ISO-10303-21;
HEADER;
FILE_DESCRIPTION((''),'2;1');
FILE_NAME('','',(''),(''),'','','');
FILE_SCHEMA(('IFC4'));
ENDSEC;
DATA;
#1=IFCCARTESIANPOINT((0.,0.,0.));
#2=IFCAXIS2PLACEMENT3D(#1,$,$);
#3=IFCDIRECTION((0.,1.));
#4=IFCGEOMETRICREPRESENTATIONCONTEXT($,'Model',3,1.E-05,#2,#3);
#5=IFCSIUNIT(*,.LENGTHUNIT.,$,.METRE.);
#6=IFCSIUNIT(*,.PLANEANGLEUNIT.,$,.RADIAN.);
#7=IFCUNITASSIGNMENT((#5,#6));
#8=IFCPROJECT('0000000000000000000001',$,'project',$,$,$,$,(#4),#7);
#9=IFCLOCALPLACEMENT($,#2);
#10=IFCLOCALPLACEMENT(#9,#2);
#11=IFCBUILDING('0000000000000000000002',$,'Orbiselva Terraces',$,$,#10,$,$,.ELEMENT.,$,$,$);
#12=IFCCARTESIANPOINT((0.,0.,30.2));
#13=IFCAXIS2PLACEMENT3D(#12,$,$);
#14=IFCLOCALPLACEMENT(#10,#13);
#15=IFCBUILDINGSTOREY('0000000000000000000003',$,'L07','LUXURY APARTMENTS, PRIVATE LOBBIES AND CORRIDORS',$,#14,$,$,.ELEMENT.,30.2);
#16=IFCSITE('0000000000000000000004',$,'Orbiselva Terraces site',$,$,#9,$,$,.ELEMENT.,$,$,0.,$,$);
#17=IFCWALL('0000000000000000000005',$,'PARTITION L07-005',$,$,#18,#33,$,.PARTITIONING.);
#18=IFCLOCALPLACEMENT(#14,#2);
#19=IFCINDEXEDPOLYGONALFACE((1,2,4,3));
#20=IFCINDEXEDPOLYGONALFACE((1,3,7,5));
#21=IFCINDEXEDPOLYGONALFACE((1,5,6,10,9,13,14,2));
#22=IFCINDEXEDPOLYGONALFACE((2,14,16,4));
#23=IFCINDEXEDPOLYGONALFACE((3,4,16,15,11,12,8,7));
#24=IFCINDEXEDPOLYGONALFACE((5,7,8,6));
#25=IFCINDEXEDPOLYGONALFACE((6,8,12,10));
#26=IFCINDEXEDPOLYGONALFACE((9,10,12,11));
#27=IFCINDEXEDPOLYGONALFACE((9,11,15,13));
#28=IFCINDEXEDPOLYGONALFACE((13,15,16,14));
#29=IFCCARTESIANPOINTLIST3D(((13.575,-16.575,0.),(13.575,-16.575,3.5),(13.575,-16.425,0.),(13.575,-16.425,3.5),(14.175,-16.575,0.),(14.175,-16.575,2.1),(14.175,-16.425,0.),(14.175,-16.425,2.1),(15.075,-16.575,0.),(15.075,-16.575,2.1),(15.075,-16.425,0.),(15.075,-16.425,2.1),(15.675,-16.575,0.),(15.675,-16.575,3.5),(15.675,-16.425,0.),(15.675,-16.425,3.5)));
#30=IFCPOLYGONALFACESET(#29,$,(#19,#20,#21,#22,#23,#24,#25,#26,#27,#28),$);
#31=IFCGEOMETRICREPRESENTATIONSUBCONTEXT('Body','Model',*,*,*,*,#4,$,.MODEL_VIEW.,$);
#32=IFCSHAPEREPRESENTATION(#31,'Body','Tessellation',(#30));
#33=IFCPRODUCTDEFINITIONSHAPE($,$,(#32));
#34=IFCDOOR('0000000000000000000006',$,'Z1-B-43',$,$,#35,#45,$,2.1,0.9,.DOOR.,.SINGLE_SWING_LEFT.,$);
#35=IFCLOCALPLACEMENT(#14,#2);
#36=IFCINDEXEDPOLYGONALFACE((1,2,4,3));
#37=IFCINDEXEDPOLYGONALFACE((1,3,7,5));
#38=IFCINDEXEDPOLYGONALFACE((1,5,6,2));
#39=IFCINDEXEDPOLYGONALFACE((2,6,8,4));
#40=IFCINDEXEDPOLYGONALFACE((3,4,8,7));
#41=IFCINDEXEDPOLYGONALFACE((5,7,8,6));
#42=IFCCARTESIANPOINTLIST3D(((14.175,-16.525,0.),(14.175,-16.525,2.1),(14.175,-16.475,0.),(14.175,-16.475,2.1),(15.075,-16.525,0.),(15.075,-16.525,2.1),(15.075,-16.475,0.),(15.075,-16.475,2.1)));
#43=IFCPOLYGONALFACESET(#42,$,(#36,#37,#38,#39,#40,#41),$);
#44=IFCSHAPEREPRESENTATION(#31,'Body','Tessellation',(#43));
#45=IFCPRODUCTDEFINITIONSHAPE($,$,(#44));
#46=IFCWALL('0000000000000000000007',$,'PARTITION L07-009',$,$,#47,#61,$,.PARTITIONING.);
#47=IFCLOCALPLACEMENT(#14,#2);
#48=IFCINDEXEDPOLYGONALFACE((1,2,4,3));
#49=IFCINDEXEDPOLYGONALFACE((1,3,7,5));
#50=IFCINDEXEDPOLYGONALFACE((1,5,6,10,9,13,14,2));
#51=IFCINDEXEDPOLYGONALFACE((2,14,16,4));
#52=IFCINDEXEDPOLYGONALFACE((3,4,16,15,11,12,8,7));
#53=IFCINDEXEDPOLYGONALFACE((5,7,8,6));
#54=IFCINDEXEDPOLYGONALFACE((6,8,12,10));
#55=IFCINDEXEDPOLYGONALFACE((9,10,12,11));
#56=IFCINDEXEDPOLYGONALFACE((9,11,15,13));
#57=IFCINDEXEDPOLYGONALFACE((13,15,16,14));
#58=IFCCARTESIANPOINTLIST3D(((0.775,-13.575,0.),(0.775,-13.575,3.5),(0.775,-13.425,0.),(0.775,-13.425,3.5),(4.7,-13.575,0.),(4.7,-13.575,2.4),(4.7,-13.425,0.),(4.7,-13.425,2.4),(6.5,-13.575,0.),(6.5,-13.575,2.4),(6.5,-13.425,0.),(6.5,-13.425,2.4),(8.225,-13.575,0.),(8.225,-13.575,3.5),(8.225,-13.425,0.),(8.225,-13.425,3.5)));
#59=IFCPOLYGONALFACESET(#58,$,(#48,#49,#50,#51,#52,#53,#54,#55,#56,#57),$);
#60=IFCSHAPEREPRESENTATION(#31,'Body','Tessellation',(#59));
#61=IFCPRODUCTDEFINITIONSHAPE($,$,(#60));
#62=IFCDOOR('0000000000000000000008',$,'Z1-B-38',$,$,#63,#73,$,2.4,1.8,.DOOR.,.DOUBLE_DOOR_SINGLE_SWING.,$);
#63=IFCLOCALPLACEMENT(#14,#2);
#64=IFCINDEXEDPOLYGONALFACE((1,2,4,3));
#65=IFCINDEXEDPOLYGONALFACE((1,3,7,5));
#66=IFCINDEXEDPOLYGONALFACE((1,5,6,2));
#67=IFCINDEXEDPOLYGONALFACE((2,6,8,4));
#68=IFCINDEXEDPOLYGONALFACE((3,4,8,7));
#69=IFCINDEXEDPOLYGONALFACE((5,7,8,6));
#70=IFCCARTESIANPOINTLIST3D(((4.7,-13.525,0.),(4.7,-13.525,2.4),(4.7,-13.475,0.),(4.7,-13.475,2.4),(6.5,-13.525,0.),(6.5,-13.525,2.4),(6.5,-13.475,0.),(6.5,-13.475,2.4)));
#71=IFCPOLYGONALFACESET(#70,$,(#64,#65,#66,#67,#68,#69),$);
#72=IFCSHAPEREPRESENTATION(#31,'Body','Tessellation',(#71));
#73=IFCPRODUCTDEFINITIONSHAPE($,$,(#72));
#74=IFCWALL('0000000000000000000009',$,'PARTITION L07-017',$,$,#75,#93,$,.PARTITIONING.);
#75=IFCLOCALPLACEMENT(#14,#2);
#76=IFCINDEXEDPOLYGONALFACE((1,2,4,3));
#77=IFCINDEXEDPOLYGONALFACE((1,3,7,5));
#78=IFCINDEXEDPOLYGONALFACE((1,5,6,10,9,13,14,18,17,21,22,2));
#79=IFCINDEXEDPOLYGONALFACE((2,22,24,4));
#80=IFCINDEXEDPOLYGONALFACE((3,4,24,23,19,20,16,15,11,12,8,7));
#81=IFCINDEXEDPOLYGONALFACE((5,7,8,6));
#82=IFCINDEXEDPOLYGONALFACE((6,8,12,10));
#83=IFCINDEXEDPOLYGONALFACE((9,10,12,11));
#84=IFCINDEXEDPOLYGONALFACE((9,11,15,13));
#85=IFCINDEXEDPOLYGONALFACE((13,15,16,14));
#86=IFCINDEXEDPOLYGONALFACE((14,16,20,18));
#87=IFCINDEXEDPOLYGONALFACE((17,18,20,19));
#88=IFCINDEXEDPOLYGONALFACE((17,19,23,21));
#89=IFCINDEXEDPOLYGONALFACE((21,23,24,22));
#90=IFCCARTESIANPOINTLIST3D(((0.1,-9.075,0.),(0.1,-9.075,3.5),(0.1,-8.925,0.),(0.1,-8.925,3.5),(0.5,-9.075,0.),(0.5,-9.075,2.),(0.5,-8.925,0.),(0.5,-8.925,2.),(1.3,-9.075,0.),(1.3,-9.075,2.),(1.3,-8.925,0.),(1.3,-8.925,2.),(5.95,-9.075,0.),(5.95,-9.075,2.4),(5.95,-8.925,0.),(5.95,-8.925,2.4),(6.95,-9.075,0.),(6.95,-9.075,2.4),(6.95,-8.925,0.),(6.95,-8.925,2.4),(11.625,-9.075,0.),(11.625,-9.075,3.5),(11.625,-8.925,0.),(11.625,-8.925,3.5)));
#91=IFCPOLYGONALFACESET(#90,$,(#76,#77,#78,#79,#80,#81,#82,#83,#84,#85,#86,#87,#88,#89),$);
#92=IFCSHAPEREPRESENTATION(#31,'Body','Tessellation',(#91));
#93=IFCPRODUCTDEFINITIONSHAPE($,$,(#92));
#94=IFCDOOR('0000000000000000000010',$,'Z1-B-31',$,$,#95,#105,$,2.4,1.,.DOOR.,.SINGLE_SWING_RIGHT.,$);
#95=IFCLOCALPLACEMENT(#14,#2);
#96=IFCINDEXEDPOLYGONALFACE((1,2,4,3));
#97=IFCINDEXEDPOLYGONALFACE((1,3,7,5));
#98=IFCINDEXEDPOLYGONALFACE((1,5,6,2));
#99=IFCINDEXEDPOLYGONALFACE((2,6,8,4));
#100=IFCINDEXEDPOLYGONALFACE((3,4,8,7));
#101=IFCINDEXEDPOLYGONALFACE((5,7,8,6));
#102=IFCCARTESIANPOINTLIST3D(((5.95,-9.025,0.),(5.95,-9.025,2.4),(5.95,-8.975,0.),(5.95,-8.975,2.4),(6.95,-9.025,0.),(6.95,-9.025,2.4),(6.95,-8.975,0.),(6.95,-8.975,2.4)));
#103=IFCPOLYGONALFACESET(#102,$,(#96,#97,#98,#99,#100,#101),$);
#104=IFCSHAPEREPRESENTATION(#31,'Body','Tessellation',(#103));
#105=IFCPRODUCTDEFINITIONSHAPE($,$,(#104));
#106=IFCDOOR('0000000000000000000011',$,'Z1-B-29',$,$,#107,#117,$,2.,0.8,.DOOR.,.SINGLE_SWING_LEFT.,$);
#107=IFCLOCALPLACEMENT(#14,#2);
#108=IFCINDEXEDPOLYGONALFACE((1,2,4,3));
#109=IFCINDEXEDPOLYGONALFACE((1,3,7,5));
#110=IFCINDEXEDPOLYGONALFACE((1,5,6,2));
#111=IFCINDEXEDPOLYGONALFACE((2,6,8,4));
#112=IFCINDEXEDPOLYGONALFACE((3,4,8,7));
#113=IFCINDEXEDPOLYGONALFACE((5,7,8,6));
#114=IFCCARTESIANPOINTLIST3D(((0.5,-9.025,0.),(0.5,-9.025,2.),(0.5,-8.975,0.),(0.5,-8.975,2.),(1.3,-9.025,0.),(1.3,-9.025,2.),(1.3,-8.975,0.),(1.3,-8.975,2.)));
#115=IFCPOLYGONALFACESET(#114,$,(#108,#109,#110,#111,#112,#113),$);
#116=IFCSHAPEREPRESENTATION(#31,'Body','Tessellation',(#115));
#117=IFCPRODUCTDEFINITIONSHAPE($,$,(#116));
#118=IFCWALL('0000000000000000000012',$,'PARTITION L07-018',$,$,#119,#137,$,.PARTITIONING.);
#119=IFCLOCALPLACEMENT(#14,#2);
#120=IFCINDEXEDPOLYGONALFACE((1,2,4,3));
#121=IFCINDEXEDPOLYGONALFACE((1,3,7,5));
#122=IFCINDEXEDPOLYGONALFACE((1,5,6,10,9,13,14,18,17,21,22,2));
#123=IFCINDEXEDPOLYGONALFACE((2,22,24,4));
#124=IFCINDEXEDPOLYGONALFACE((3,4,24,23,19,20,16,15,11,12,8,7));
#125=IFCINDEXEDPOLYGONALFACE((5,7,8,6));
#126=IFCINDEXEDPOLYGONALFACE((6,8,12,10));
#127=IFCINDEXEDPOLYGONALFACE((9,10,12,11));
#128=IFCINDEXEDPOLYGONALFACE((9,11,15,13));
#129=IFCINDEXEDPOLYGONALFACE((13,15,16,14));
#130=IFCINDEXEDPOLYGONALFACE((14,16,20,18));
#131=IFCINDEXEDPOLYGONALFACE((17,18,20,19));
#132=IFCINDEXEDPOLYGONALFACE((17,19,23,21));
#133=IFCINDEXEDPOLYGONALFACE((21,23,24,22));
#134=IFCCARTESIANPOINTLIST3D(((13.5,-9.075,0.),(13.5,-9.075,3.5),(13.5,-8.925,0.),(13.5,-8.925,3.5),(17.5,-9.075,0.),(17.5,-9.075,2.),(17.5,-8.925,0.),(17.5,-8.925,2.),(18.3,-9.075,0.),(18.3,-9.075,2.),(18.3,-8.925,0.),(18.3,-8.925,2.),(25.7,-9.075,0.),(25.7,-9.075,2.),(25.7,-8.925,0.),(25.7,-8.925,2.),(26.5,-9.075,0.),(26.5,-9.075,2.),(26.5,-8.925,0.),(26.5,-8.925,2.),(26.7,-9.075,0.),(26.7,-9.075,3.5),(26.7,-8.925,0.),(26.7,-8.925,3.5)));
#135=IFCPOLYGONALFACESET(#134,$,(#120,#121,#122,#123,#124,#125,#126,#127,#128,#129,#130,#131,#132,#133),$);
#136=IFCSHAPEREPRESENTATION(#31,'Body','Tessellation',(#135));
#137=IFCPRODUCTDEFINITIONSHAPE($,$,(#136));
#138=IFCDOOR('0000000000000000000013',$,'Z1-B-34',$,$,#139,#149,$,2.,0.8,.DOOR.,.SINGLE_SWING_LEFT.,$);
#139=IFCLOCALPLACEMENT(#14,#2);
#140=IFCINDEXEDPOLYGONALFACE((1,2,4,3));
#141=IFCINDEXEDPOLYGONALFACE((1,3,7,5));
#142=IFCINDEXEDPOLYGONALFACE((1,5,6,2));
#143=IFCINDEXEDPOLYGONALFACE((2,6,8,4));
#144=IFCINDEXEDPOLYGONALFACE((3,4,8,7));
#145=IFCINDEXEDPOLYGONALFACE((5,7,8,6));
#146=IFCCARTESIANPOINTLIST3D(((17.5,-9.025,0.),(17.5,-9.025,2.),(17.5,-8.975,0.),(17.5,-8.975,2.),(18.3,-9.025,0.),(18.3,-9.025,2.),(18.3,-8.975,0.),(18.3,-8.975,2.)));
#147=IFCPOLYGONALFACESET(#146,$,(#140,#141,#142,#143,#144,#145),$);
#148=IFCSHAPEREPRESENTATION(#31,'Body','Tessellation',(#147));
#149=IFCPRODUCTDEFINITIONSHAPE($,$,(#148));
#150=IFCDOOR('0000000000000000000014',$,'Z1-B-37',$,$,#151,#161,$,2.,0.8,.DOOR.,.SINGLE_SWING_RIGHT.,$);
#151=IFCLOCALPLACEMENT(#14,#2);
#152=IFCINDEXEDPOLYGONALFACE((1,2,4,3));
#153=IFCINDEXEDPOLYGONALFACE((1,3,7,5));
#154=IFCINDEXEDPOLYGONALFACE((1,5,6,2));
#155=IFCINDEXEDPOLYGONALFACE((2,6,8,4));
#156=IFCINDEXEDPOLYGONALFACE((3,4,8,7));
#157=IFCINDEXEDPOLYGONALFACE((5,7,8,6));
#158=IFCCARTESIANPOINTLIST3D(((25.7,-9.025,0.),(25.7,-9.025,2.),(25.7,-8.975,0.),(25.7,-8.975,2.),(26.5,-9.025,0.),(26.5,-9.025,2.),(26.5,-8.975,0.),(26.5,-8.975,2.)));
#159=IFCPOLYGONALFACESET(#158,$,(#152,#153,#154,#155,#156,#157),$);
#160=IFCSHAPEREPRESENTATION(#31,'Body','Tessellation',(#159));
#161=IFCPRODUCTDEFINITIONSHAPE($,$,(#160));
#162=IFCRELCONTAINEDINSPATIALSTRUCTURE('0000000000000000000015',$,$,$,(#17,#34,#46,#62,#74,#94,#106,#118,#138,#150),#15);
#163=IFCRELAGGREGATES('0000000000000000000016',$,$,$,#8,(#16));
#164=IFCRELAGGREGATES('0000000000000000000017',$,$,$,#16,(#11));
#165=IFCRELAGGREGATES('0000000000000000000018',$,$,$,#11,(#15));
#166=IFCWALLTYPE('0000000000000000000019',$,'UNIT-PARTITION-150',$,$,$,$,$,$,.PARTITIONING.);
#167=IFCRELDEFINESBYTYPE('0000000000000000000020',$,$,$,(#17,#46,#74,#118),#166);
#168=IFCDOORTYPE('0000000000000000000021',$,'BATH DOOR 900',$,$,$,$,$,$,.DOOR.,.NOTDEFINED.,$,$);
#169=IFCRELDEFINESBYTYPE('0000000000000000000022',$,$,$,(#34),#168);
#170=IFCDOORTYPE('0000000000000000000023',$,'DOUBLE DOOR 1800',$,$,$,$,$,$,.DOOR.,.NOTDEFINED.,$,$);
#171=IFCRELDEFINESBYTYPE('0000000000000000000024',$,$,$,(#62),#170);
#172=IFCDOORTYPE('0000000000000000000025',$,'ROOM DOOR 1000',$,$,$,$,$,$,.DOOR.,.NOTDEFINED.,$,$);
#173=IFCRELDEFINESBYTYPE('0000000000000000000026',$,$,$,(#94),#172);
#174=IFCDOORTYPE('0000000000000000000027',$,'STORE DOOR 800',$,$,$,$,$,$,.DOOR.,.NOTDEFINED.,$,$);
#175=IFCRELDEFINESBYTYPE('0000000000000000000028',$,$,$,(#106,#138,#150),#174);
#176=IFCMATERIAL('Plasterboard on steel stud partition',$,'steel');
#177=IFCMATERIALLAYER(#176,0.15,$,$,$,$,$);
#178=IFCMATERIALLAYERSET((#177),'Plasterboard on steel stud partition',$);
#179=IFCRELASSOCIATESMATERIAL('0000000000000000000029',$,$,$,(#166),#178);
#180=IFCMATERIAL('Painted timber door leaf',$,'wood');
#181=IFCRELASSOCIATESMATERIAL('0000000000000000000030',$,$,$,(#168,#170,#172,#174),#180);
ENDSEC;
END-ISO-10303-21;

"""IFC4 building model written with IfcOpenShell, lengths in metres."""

from ifc_helpers import new_model, si_unit, direction, frame, frame_2d, origin, place, context, subcontext, project, spatial, rectangle, extrude, material, layer, layer_set, type_object, element, fill, save


model = new_model("IFC4")

# Units and contexts
model_context = context("Model", 3, precision=1e-05, world=origin(), true_north=direction((0.0, 1.0)))
body_context = subcontext(model_context, "Body", "Model", "MODEL_VIEW")
ifc_project = project(units=[si_unit("LENGTHUNIT", "METRE"), si_unit("PLANEANGLEUNIT", "RADIAN")], contexts=[model_context])

# Site, building, storey
site_placement = place(None, origin())
site = spatial("IfcSite", under=ifc_project, at=site_placement, Name="Orbiselva Terraces site", CompositionType="ELEMENT", RefElevation=0.0)
building_placement = place(site_placement, origin())
building = spatial("IfcBuilding", under=site, at=building_placement, Name="Orbiselva Terraces", CompositionType="ELEMENT")
storey_placement = place(building_placement, frame((0.0, 0.0, 30.2)))
storey = spatial("IfcBuildingStorey", under=building, at=storey_placement, Name="L07", Description="LUXURY APARTMENTS, PRIVATE LOBBIES AND CORRIDORS", CompositionType="ELEMENT", Elevation=30.2)

# Shared definitions
ifc_material_1 = material(Name="Plasterboard on steel stud partition", Category="steel")
ifc_layer_1 = layer(ifc_material_1, 0.15)
ifc_layer_set_1 = layer_set([ifc_layer_1], Name="Plasterboard on steel stud partition")
wall_type_1 = type_object("IfcWallType", Name="UNIT-PARTITION-150", PredefinedType="PARTITIONING", material=ifc_layer_set_1)

# Walls, openings, doors
ifc_material_2 = material(Name="Painted timber door leaf", Category="wood")
door_type_1 = type_object("IfcDoorType", Name="BATH DOOR 900", OperationType="NOTDEFINED", PredefinedType="DOOR", material=ifc_material_2)
wall_1_placement = place(storey_placement, frame((13.575, -16.5, 0.0), z_axis=(0.0, 0.0, 1.0), x_axis=(1.0, 0.0, 0.0)))
wall_1 = element("IfcWall", 1, at=wall_1_placement, inside=storey, type_object=wall_type_1, Name="PARTITION L07-005", PredefinedType="PARTITIONING", context=body_context, shape_type="SweptSolid", body=[
    extrude(rectangle(XDim=2.1, YDim=0.15, at=frame_2d((1.05, 0.0))), origin(), (0.0, 0.0, 1.0), 3.5),
])
opening_1_placement = place(wall_1_placement, frame((0.6, 0.0, 0.0)))
opening_1 = element("IfcOpeningElement", 2, at=opening_1_placement, cuts=wall_1, PredefinedType="OPENING", context=body_context, shape_type="SweptSolid", body=[
    extrude(rectangle(XDim=0.9, YDim=2.1, at=frame_2d((0.45, 1.05))), frame((0.0, 0.085, 0.0), z_axis=(0.0, -1.0, 0.0), x_axis=(1.0, 0.0, 0.0)), (0.0, 0.0, 1.0), 0.17),
])
door_1_placement = place(opening_1_placement, origin())
door_1 = element("IfcDoor", 3, at=door_1_placement, inside=storey, type_object=door_type_1, Name="Z1-B-43", OperationType="SINGLE_SWING_LEFT", OverallHeight=2.1, OverallWidth=0.9, PredefinedType="DOOR", context=body_context, shape_type="SweptSolid", body=[
    extrude(rectangle(XDim=0.9, YDim=2.1, at=frame_2d((0.45, 1.05))), frame((0.0, 0.025, 0.0), z_axis=(0.0, -1.0, 0.0), x_axis=(1.0, 0.0, 0.0)), (0.0, 0.0, 1.0), 0.05),
])
fill(opening_1, door_1)
wall_2_placement = place(storey_placement, frame((8.225, -13.5, 0.0), z_axis=(0.0, 0.0, 1.0), x_axis=(-1.0, 0.0, 0.0)))
wall_2 = element("IfcWall", 4, at=wall_2_placement, inside=storey, type_object=wall_type_1, Name="PARTITION L07-009", PredefinedType="PARTITIONING", context=body_context, shape_type="SweptSolid", body=[
    extrude(rectangle(XDim=7.45, YDim=0.15, at=frame_2d((3.725, 0.0))), origin(), (0.0, 0.0, 1.0), 3.5),
])
opening_2_placement = place(wall_2_placement, frame((1.725, 0.0, 0.0)))
opening_2 = element("IfcOpeningElement", 5, at=opening_2_placement, cuts=wall_2, PredefinedType="OPENING", context=body_context, shape_type="SweptSolid", body=[
    extrude(rectangle(XDim=1.8, YDim=2.4, at=frame_2d((0.9, 1.2))), frame((0.0, 0.085, 0.0), z_axis=(0.0, -1.0, 0.0), x_axis=(1.0, 0.0, 0.0)), (0.0, 0.0, 1.0), 0.17),
])
door_type_2 = type_object("IfcDoorType", Name="DOUBLE DOOR 1800", OperationType="NOTDEFINED", PredefinedType="DOOR", material=ifc_material_2)
door_2_placement = place(opening_2_placement, origin())
door_2 = element("IfcDoor", 6, at=door_2_placement, inside=storey, type_object=door_type_2, Name="Z1-B-38", OperationType="DOUBLE_DOOR_SINGLE_SWING", OverallHeight=2.4, OverallWidth=1.8, PredefinedType="DOOR", context=body_context, shape_type="SweptSolid", body=[
    extrude(rectangle(XDim=1.8, YDim=2.4, at=frame_2d((0.9, 1.2))), frame((0.0, 0.025, 0.0), z_axis=(0.0, -1.0, 0.0), x_axis=(1.0, 0.0, 0.0)), (0.0, 0.0, 1.0), 0.05),
])
fill(opening_2, door_2)

# Walls, openings, doors
wall_3_placement = place(storey_placement, frame((0.1, -9.0, 0.0), z_axis=(0.0, 0.0, 1.0), x_axis=(1.0, 0.0, 0.0)))
wall_3 = element("IfcWall", 7, at=wall_3_placement, inside=storey, type_object=wall_type_1, Name="PARTITION L07-017", PredefinedType="PARTITIONING", context=body_context, shape_type="SweptSolid", body=[
    extrude(rectangle(XDim=11.525, YDim=0.15, at=frame_2d((5.7625, 0.0))), origin(), (0.0, 0.0, 1.0), 3.5),
])
opening_3_placement = place(wall_3_placement, frame((0.4, 0.0, 0.0)))
opening_3 = element("IfcOpeningElement", 8, at=opening_3_placement, cuts=wall_3, PredefinedType="OPENING", context=body_context, shape_type="SweptSolid", body=[
    extrude(rectangle(XDim=0.8, YDim=2.0, at=frame_2d((0.4, 1.0))), frame((0.0, 0.085, 0.0), z_axis=(0.0, -1.0, 0.0), x_axis=(1.0, 0.0, 0.0)), (0.0, 0.0, 1.0), 0.17),
])
opening_4_placement = place(wall_3_placement, frame((5.85, 0.0, 0.0)))
opening_4 = element("IfcOpeningElement", 9, at=opening_4_placement, cuts=wall_3, PredefinedType="OPENING", context=body_context, shape_type="SweptSolid", body=[
    extrude(rectangle(XDim=1.0, YDim=2.4, at=frame_2d((0.5, 1.2))), frame((0.0, 0.085, 0.0), z_axis=(0.0, -1.0, 0.0), x_axis=(1.0, 0.0, 0.0)), (0.0, 0.0, 1.0), 0.17),
])
door_type_3 = type_object("IfcDoorType", Name="ROOM DOOR 1000", OperationType="NOTDEFINED", PredefinedType="DOOR", material=ifc_material_2)
door_3_placement = place(opening_4_placement, origin())
door_3 = element("IfcDoor", 10, at=door_3_placement, inside=storey, type_object=door_type_3, Name="Z1-B-31", OperationType="SINGLE_SWING_RIGHT", OverallHeight=2.4, OverallWidth=1.0, PredefinedType="DOOR", context=body_context, shape_type="SweptSolid", body=[
    extrude(rectangle(XDim=1.0, YDim=2.4, at=frame_2d((0.5, 1.2))), frame((0.0, 0.025, 0.0), z_axis=(0.0, -1.0, 0.0), x_axis=(1.0, 0.0, 0.0)), (0.0, 0.0, 1.0), 0.05),
])
fill(opening_4, door_3)
door_type_4 = type_object("IfcDoorType", Name="STORE DOOR 800", OperationType="NOTDEFINED", PredefinedType="DOOR", material=ifc_material_2)
door_4_placement = place(opening_3_placement, origin())
door_4 = element("IfcDoor", 11, at=door_4_placement, inside=storey, type_object=door_type_4, Name="Z1-B-29", OperationType="SINGLE_SWING_LEFT", OverallHeight=2.0, OverallWidth=0.8, PredefinedType="DOOR", context=body_context, shape_type="SweptSolid", body=[
    extrude(rectangle(XDim=0.8, YDim=2.0, at=frame_2d((0.4, 1.0))), frame((0.0, 0.025, 0.0), z_axis=(0.0, -1.0, 0.0), x_axis=(1.0, 0.0, 0.0)), (0.0, 0.0, 1.0), 0.05),
])
fill(opening_3, door_4)
wall_4_placement = place(storey_placement, frame((13.5, -9.0, 0.0), z_axis=(0.0, 0.0, 1.0), x_axis=(1.0, 0.0, 0.0)))
wall_4 = element("IfcWall", 12, at=wall_4_placement, inside=storey, type_object=wall_type_1, Name="PARTITION L07-018", PredefinedType="PARTITIONING", context=body_context, shape_type="SweptSolid", body=[
    extrude(rectangle(XDim=13.2, YDim=0.15, at=frame_2d((6.6, 0.0))), origin(), (0.0, 0.0, 1.0), 3.5),
])
opening_5_placement = place(wall_4_placement, frame((4.0, 0.0, 0.0)))
opening_5 = element("IfcOpeningElement", 13, at=opening_5_placement, cuts=wall_4, PredefinedType="OPENING", context=body_context, shape_type="SweptSolid", body=[
    extrude(rectangle(XDim=0.8, YDim=2.0, at=frame_2d((0.4, 1.0))), frame((0.0, 0.085, 0.0), z_axis=(0.0, -1.0, 0.0), x_axis=(1.0, 0.0, 0.0)), (0.0, 0.0, 1.0), 0.17),
])
opening_6_placement = place(wall_4_placement, frame((12.2, 0.0, 0.0)))
opening_6 = element("IfcOpeningElement", 14, at=opening_6_placement, cuts=wall_4, PredefinedType="OPENING", context=body_context, shape_type="SweptSolid", body=[
    extrude(rectangle(XDim=0.8, YDim=2.0, at=frame_2d((0.4, 1.0))), frame((0.0, 0.085, 0.0), z_axis=(0.0, -1.0, 0.0), x_axis=(1.0, 0.0, 0.0)), (0.0, 0.0, 1.0), 0.17),
])
door_5_placement = place(opening_5_placement, origin())
door_5 = element("IfcDoor", 15, at=door_5_placement, inside=storey, type_object=door_type_4, Name="Z1-B-34", OperationType="SINGLE_SWING_LEFT", OverallHeight=2.0, OverallWidth=0.8, PredefinedType="DOOR", context=body_context, shape_type="SweptSolid", body=[
    extrude(rectangle(XDim=0.8, YDim=2.0, at=frame_2d((0.4, 1.0))), frame((0.0, 0.025, 0.0), z_axis=(0.0, -1.0, 0.0), x_axis=(1.0, 0.0, 0.0)), (0.0, 0.0, 1.0), 0.05),
])
fill(opening_5, door_5)
door_6_placement = place(opening_6_placement, origin())
door_6 = element("IfcDoor", 16, at=door_6_placement, inside=storey, type_object=door_type_4, Name="Z1-B-37", OperationType="SINGLE_SWING_RIGHT", OverallHeight=2.0, OverallWidth=0.8, PredefinedType="DOOR", context=body_context, shape_type="SweptSolid", body=[
    extrude(rectangle(XDim=0.8, YDim=2.0, at=frame_2d((0.4, 1.0))), frame((0.0, 0.025, 0.0), z_axis=(0.0, -1.0, 0.0), x_axis=(1.0, 0.0, 0.0)), (0.0, 0.0, 1.0), 0.05),
])
fill(opening_6, door_6)

save(model, "model.ifc")
